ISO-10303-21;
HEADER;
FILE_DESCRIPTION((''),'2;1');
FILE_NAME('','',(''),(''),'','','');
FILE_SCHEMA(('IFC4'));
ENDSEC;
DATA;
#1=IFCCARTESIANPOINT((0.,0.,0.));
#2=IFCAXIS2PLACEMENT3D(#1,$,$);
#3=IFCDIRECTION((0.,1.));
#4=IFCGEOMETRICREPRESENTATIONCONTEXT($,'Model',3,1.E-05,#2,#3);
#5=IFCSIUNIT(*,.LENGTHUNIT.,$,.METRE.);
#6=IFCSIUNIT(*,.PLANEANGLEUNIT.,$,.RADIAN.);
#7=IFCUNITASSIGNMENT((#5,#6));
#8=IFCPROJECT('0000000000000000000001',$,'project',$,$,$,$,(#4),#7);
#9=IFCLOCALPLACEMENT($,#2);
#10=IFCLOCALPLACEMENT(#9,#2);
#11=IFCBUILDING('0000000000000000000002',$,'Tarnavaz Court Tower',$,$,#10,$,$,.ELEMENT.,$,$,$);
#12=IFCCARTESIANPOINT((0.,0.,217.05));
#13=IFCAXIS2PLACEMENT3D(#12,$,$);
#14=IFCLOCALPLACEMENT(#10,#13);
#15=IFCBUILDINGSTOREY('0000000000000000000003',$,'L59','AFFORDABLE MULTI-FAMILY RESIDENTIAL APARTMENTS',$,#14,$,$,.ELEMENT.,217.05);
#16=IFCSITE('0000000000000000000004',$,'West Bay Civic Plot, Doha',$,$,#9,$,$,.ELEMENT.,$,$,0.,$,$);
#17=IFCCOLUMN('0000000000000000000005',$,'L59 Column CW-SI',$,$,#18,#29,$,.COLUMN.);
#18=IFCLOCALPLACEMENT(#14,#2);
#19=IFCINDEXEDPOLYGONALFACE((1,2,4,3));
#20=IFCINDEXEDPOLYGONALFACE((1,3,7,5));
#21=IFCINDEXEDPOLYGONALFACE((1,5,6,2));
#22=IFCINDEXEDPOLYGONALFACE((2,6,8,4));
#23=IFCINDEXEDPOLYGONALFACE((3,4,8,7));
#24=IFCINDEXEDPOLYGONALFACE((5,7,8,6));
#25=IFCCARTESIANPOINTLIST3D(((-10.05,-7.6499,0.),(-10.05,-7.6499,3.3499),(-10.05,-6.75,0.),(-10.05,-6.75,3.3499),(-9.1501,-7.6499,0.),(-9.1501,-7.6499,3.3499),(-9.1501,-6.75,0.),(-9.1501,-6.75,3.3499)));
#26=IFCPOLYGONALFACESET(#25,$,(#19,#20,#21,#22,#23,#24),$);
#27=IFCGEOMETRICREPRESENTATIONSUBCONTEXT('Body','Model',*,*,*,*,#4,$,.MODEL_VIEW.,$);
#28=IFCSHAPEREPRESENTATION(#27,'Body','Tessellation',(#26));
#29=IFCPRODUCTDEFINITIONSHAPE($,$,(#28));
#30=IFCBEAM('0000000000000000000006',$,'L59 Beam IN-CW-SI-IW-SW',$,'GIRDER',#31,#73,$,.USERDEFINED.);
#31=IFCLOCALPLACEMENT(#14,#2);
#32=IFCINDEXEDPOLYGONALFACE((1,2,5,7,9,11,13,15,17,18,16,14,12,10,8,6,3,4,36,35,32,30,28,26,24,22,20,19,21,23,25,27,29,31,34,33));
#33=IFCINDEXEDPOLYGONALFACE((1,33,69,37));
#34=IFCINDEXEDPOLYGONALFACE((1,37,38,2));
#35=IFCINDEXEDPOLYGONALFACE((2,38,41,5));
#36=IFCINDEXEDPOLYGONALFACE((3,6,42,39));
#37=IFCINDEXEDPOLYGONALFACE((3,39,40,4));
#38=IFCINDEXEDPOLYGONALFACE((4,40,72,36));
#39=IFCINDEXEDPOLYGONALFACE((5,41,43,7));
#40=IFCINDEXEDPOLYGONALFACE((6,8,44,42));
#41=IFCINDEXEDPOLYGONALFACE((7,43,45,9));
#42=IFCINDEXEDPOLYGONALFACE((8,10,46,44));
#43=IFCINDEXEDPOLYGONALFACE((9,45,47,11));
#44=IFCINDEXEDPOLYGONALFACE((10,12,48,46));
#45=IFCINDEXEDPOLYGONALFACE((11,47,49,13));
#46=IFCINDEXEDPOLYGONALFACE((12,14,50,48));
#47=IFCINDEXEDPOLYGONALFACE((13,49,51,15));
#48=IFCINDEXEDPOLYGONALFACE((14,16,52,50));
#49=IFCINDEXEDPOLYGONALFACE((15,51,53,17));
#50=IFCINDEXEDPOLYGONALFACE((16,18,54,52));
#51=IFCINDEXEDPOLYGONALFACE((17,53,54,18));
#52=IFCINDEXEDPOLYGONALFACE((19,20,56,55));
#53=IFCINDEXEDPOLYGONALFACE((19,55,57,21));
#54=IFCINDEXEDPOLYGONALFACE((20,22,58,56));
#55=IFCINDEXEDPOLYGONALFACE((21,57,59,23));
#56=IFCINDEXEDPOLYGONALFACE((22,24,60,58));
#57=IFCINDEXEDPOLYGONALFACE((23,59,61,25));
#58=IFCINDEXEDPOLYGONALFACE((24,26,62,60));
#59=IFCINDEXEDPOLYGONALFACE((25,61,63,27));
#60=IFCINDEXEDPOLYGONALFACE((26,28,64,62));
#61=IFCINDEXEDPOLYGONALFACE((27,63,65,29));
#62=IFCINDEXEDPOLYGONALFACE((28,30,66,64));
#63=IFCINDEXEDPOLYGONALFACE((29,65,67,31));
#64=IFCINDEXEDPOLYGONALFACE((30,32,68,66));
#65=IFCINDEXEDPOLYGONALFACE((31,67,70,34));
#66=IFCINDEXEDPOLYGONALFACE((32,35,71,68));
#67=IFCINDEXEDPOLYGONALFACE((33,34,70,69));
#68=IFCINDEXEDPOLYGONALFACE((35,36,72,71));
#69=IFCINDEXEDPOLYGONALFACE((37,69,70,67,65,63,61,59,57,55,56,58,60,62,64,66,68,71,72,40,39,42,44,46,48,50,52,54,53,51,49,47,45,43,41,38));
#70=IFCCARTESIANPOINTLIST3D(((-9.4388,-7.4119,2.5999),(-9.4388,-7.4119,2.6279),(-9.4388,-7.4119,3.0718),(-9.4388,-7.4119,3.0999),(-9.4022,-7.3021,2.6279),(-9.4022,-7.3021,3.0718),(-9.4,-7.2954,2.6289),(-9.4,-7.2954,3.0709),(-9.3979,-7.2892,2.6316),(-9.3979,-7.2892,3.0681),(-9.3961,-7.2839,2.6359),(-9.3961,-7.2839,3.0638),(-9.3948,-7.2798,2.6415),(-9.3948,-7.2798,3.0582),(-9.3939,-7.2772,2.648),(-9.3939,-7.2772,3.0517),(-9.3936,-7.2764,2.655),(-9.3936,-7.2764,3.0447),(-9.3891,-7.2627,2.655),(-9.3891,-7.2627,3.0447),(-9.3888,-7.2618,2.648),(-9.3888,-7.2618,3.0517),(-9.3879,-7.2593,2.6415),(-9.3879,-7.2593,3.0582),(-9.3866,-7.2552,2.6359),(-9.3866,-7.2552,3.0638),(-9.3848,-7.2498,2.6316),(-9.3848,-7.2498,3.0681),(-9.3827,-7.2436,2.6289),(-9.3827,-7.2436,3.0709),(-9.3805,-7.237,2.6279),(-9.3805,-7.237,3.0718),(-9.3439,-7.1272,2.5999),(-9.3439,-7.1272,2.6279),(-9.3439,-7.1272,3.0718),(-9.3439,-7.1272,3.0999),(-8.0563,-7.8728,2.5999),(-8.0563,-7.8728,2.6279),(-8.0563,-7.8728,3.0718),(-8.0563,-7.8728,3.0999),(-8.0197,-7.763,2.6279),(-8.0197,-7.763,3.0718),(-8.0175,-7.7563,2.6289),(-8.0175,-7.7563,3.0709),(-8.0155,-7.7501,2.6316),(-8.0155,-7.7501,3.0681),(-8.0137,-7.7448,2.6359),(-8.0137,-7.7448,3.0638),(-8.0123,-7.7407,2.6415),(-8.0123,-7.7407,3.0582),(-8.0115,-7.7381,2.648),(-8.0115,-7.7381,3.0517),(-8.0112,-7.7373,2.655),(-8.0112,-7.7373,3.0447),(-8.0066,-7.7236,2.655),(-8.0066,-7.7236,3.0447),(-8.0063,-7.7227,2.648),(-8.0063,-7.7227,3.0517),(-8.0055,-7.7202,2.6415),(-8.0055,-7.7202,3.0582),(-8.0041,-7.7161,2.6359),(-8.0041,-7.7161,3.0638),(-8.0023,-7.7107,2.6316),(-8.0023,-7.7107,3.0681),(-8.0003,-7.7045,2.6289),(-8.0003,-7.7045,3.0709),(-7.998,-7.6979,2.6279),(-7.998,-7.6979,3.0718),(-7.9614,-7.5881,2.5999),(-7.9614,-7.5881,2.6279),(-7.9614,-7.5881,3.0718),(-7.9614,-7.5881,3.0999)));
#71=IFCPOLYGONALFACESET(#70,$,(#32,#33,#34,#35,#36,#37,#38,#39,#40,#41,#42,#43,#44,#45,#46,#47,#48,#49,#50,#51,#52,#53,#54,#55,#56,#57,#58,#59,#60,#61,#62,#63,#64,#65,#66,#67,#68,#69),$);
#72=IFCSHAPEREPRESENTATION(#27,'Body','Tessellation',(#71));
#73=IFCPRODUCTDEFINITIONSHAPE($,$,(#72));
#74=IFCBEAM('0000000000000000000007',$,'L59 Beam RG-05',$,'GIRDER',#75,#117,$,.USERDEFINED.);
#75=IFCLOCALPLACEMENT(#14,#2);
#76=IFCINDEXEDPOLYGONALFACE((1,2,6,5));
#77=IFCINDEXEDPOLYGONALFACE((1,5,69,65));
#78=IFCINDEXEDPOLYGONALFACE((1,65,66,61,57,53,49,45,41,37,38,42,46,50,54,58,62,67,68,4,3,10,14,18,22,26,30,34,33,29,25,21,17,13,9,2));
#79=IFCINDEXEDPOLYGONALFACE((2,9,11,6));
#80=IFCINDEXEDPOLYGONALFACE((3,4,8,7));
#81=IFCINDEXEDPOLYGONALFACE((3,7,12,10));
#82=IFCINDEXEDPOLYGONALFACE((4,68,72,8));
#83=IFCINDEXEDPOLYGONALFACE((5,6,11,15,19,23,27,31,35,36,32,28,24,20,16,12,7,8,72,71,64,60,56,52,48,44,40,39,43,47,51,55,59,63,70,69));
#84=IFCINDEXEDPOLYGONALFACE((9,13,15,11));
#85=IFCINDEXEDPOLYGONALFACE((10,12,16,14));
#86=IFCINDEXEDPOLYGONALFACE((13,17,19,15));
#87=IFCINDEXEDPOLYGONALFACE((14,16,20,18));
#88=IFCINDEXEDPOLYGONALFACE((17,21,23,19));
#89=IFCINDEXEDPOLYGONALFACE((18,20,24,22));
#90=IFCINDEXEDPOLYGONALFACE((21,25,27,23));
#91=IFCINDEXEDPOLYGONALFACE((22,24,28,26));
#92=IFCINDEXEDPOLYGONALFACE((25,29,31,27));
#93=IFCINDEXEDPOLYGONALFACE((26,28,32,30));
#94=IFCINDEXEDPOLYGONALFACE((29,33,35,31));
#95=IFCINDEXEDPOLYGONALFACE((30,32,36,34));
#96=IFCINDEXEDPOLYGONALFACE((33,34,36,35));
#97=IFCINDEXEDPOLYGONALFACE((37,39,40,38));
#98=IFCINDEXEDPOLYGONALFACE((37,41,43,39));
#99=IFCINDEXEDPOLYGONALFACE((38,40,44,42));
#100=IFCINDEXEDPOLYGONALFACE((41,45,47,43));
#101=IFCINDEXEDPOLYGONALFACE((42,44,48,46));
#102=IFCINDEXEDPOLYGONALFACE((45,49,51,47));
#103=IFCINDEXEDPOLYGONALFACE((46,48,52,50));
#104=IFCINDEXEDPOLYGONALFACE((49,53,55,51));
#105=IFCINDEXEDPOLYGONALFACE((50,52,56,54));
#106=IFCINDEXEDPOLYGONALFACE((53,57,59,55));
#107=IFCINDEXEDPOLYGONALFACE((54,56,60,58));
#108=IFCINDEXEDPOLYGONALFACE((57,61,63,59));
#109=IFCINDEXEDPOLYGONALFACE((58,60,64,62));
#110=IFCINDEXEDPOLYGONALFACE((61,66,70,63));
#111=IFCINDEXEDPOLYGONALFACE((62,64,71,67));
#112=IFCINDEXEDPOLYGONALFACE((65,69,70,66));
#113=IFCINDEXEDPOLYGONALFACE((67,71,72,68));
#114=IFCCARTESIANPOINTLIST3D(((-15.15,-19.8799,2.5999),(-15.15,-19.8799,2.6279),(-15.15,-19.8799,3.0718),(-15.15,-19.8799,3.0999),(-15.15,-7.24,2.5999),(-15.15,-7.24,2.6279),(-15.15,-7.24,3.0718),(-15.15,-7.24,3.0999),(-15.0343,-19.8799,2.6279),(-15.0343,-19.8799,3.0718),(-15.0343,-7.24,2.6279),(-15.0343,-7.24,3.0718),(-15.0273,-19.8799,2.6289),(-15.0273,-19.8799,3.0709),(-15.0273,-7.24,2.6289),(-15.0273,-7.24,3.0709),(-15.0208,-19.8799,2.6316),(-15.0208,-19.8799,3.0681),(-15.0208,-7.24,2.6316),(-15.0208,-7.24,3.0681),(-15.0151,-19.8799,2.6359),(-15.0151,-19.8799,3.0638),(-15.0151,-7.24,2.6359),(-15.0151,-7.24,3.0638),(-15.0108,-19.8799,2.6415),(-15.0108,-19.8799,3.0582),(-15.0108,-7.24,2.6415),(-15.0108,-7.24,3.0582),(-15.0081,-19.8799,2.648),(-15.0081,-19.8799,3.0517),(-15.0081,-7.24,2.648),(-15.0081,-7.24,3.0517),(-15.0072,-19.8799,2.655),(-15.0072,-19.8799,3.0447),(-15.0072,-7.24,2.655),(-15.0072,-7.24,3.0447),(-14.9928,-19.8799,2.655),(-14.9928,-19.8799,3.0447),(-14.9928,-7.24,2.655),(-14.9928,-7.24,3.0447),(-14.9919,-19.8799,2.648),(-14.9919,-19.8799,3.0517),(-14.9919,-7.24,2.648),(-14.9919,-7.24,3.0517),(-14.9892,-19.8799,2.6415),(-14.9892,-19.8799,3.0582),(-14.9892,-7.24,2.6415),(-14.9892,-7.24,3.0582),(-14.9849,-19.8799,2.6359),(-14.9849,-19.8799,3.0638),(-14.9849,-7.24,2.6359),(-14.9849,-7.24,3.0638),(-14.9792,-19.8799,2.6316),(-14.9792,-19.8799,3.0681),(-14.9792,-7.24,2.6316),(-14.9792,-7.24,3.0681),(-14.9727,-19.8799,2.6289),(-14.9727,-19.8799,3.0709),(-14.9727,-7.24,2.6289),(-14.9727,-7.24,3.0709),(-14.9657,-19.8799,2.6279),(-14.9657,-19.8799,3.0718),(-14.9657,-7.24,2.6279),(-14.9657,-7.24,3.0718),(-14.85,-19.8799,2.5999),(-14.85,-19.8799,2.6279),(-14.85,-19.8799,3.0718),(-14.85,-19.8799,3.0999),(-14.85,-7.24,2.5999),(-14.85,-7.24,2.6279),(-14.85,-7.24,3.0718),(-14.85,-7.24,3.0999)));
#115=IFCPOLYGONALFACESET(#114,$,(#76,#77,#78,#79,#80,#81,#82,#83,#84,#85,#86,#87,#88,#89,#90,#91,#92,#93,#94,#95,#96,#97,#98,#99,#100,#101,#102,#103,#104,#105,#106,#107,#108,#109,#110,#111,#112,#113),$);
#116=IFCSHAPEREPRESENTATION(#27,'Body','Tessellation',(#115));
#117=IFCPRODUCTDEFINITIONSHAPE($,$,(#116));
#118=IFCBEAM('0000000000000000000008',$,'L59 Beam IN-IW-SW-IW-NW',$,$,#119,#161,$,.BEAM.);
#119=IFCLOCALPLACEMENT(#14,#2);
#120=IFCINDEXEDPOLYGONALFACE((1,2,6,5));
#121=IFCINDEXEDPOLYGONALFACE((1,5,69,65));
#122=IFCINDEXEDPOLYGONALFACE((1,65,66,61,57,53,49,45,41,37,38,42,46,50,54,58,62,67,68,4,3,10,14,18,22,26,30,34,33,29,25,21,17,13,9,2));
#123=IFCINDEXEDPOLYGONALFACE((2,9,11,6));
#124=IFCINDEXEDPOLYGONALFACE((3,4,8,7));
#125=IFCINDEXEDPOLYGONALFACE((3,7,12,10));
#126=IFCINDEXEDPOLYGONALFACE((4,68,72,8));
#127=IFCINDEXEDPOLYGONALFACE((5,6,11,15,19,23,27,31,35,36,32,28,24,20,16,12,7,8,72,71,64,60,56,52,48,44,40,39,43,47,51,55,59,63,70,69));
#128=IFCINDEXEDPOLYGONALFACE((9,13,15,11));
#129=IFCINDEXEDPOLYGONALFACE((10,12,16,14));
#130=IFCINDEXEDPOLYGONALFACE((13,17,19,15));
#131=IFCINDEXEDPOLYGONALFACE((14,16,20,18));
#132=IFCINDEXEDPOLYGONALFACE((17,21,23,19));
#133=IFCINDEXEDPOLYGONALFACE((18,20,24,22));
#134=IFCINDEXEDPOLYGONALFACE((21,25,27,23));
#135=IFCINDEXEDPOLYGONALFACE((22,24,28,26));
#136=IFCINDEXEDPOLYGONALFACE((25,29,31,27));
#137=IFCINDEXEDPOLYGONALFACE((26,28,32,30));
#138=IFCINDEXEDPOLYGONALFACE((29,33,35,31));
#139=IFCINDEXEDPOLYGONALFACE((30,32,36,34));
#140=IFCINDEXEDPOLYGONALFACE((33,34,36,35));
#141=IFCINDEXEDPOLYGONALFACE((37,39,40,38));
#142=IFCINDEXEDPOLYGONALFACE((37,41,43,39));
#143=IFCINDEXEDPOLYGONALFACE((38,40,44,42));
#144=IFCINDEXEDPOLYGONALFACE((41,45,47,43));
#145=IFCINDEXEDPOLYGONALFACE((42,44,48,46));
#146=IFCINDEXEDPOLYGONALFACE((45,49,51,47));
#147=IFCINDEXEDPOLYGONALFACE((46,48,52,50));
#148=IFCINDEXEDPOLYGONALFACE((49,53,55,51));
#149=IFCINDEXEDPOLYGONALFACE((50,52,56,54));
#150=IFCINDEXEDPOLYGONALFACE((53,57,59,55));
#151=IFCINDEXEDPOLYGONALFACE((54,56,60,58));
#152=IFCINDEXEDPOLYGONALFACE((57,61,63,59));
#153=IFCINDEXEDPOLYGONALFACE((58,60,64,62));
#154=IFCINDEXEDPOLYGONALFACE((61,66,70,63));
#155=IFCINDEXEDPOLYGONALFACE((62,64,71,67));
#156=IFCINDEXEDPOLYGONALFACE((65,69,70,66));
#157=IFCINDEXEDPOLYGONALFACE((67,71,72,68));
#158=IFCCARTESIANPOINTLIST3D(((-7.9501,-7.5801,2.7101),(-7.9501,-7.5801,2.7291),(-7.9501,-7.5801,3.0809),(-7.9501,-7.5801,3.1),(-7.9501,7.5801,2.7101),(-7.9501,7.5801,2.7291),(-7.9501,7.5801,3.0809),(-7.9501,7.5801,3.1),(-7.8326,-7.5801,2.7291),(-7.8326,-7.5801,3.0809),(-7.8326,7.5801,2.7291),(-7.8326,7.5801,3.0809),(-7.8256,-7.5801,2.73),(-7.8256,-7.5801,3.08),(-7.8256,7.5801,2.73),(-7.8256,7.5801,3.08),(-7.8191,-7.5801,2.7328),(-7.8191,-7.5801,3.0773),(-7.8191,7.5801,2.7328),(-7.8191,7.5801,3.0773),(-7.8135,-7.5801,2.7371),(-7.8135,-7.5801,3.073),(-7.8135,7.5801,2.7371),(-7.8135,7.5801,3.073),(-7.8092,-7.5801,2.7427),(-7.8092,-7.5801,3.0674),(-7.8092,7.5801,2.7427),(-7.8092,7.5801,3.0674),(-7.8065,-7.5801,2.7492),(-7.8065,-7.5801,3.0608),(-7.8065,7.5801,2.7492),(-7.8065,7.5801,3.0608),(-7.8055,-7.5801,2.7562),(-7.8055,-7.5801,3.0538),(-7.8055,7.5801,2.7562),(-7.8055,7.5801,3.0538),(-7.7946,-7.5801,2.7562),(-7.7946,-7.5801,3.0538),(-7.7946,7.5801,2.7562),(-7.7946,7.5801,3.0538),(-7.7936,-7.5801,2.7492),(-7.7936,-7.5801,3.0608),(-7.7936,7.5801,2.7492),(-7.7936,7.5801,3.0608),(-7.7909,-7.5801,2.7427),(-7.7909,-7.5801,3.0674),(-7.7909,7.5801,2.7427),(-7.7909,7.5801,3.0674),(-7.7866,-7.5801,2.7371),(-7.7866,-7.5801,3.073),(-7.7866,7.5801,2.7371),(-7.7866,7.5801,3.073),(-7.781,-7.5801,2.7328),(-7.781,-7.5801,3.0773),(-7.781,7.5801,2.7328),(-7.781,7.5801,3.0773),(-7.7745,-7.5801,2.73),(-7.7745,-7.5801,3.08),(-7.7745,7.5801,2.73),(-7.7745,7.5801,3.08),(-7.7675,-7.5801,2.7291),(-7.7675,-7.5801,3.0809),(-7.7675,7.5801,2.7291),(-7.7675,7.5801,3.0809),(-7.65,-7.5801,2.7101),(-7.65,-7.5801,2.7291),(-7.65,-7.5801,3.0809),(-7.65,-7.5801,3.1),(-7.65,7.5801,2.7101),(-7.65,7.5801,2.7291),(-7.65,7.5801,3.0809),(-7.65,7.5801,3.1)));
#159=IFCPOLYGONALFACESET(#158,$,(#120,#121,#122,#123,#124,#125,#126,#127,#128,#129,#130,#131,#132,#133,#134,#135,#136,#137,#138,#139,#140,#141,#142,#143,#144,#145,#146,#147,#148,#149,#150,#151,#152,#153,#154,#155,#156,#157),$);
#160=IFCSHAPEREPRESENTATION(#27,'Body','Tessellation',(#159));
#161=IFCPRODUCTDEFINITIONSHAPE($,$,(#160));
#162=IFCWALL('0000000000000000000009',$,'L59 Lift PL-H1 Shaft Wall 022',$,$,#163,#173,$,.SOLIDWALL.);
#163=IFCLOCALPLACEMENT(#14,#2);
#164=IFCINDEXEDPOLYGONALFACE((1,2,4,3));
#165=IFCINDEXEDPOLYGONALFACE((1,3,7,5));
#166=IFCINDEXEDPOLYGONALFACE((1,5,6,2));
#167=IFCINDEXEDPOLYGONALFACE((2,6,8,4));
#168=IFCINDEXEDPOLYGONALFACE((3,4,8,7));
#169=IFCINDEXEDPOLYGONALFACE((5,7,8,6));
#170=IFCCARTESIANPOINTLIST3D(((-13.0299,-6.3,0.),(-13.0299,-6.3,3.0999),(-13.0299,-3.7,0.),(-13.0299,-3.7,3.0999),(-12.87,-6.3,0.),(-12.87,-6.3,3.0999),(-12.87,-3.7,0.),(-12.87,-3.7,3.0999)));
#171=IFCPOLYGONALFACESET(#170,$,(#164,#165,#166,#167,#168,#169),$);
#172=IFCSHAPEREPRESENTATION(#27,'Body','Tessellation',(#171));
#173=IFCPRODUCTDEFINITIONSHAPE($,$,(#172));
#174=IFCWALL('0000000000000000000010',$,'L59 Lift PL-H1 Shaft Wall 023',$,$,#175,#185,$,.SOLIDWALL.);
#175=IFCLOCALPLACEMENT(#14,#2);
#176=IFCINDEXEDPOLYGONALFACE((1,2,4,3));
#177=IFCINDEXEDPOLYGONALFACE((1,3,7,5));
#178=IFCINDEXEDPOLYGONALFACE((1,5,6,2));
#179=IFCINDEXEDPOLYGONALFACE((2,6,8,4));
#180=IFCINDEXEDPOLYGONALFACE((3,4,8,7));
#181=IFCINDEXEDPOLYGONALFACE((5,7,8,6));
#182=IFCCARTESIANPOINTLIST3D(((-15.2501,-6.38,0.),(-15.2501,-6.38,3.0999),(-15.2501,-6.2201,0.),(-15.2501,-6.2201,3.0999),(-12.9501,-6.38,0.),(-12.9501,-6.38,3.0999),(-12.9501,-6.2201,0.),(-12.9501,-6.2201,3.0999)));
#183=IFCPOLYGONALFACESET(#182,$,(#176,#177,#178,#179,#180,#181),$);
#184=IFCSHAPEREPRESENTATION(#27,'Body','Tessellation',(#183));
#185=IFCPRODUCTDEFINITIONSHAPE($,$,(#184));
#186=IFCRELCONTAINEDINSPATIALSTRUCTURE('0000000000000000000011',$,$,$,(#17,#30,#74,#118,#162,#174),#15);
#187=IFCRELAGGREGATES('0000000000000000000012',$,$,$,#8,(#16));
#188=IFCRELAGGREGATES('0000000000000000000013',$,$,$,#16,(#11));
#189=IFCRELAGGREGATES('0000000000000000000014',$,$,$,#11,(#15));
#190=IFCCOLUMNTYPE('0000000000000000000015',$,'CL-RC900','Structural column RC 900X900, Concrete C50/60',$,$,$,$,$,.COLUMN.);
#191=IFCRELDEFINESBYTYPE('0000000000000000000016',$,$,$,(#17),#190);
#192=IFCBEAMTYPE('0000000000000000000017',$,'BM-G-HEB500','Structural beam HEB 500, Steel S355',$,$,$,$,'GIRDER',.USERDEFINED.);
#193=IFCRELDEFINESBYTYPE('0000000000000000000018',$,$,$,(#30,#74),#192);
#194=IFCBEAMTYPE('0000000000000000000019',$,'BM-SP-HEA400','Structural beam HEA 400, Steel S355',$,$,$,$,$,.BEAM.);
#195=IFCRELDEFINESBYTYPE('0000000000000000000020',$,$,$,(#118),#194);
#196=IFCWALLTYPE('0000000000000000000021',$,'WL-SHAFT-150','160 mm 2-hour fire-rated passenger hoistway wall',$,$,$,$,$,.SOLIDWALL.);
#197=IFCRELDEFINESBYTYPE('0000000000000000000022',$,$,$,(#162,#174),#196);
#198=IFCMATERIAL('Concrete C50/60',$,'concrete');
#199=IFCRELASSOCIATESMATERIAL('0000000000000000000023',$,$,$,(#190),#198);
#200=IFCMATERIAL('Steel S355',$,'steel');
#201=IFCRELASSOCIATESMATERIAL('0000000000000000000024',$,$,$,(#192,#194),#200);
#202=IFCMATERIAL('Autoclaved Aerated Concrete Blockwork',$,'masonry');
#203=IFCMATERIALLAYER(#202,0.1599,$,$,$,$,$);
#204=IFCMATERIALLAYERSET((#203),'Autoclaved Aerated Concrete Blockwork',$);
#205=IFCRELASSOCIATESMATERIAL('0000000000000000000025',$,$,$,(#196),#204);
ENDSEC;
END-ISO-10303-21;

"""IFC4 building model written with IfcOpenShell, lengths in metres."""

from ifc_helpers import new_model, si_unit, direction, frame, frame_2d, origin, origin_2d, place, context, subcontext, project, spatial, rectangle, i_section, extrude, material, layer, layer_set, material_profile, profile_set, type_object, element, save


model = new_model("IFC4")

# Units and contexts
model_context = context("Model", 3, precision=1e-05, world=origin(), true_north=direction((0.0, 1.0)))
body_context = subcontext(model_context, "Body", "Model", "MODEL_VIEW")
ifc_project = project(units=[si_unit("LENGTHUNIT", "METRE"), si_unit("PLANEANGLEUNIT", "RADIAN")], contexts=[model_context])

# Site, building, storey
site_placement = place(None, origin())
site = spatial("IfcSite", under=ifc_project, at=site_placement, Name="West Bay Civic Plot, Doha", CompositionType="ELEMENT", RefElevation=0.0)
building_placement = place(site_placement, origin())
building = spatial("IfcBuilding", under=site, at=building_placement, Name="Tarnavaz Court Tower", CompositionType="ELEMENT")
storey_placement = place(building_placement, frame((0.0, 0.0, 217.05)))
storey = spatial("IfcBuildingStorey", under=building, at=storey_placement, Name="L59", Description="AFFORDABLE MULTI-FAMILY RESIDENTIAL APARTMENTS", CompositionType="ELEMENT", Elevation=217.05)

# Column
ifc_material_1 = material(Name="Concrete C50/60", Category="concrete")
ifc_material_profile_1 = material_profile(ifc_material_1, rectangle(XDim=0.8999, YDim=0.8999, at=origin_2d()), Name="RC 900X900")
ifc_profile_set_1 = profile_set([ifc_material_profile_1], Name="Concrete C50/60")
column_type = type_object("IfcColumnType", Name="CL-RC900", Description="Structural column RC 900X900, Concrete C50/60", PredefinedType="COLUMN", material=ifc_profile_set_1)
column_placement = place(storey_placement, frame((-9.6001, -7.2, 0.0), z_axis=(0.0, 0.0, 1.0), x_axis=(1.0, 0.0, 0.0)))
element("IfcColumn", 1, at=column_placement, inside=storey, type_object=column_type, Name="L59 Column CW-SI", PredefinedType="COLUMN", context=body_context, shape_type="SweptSolid", body=[
    extrude(rectangle(XDim=0.8999, YDim=0.8999, at=origin_2d()), origin(), (0.0, 0.0, 1.0), 3.3499),
])

# Beams
ifc_material_2 = material(Name="Steel S355", Category="steel")
ifc_material_profile_2 = material_profile(ifc_material_2, i_section(OverallWidth=0.3, OverallDepth=0.5, WebThickness=0.0144, FlangeThickness=0.0281, FilletRadius=0.0271, at=origin_2d()), Name="HEB 500")
ifc_profile_set_2 = profile_set([ifc_material_profile_2], Name="Steel S355")
beam_type_1 = type_object("IfcBeamType", Name="BM-G-HEB500", Description="Structural beam HEB 500, Steel S355", ElementType="GIRDER", PredefinedType="USERDEFINED", material=ifc_profile_set_2)
beam_1_placement = place(storey_placement, frame((-9.3914, -7.2695, 2.8499), z_axis=(0.948667, -0.316278, 0.0), x_axis=(0.316278, 0.948667, 0.0)))
element("IfcBeam", 2, at=beam_1_placement, inside=storey, type_object=beam_type_1, Name="L59 Beam IN-CW-SI-IW-SW", ObjectType="GIRDER", PredefinedType="USERDEFINED", context=body_context, shape_type="SweptSolid", body=[
    extrude(i_section(OverallWidth=0.3, OverallDepth=0.5, WebThickness=0.0144, FlangeThickness=0.0281, FilletRadius=0.0271, at=origin_2d()), origin(), (0.0, 0.0, 1.0), 1.4573),
])
beam_2_placement = place(storey_placement, frame((-15.0, -7.24, 2.8499), z_axis=(0.0, -1.0, 0.0), x_axis=(1.0, 0.0, 0.0)))
element("IfcBeam", 3, at=beam_2_placement, inside=storey, type_object=beam_type_1, Name="L59 Beam RG-05", ObjectType="GIRDER", PredefinedType="USERDEFINED", context=body_context, shape_type="SweptSolid", body=[
    extrude(i_section(OverallWidth=0.3, OverallDepth=0.5, WebThickness=0.0144, FlangeThickness=0.0281, FilletRadius=0.0271, at=origin_2d()), origin(), (0.0, 0.0, 1.0), 12.6399),
])
ifc_material_profile_3 = material_profile(ifc_material_2, i_section(OverallWidth=0.3, OverallDepth=0.3899, WebThickness=0.011, FlangeThickness=0.019, FilletRadius=0.0271, at=origin_2d()), Name="HEA 400")
ifc_profile_set_3 = profile_set([ifc_material_profile_3], Name="Steel S355")
beam_type_2 = type_object("IfcBeamType", Name="BM-SP-HEA400", Description="Structural beam HEA 400, Steel S355", PredefinedType="BEAM", material=ifc_profile_set_3)
beam_3_placement = place(storey_placement, frame((-7.8, -7.5801, 2.905), z_axis=(0.0, 1.0, 0.0), x_axis=(-1.0, 0.0, 0.0)))
element("IfcBeam", 4, at=beam_3_placement, inside=storey, type_object=beam_type_2, Name="L59 Beam IN-IW-SW-IW-NW", PredefinedType="BEAM", context=body_context, shape_type="SweptSolid", body=[
    extrude(i_section(OverallWidth=0.3, OverallDepth=0.3899, WebThickness=0.011, FlangeThickness=0.019, FilletRadius=0.0271, at=origin_2d()), origin(), (0.0, 0.0, 1.0), 15.1602),
])

# Shared definitions
ifc_material_3 = material(Name="Autoclaved Aerated Concrete Blockwork", Category="masonry")
ifc_layer_1 = layer(ifc_material_3, 0.1599)
ifc_layer_set_1 = layer_set([ifc_layer_1], Name="Autoclaved Aerated Concrete Blockwork")
wall_type_1 = type_object("IfcWallType", Name="WL-SHAFT-150", Description="160 mm 2-hour fire-rated passenger hoistway wall", PredefinedType="SOLIDWALL", material=ifc_layer_set_1)

# Walls
wall_1_placement = place(storey_placement, frame((-12.95, -6.3, 0.0), z_axis=(0.0, 0.0, 1.0), x_axis=(0.0, 1.0, 0.0)))
element("IfcWall", 5, at=wall_1_placement, inside=storey, type_object=wall_type_1, Name="L59 Lift PL-H1 Shaft Wall 022", PredefinedType="SOLIDWALL", context=body_context, shape_type="SweptSolid", body=[
    extrude(rectangle(XDim=2.6001, YDim=0.1599, at=frame_2d((1.3, 0.0))), origin(), (0.0, 0.0, 1.0), 3.0999),
])
for number, where, z_axis, x_axis, name in (
    (6, (-15.25, -6.3, 0.0), (0.0, 0.0, 1.0), (1.0, 0.0, 0.0), "L59 Lift PL-H1 Shaft Wall 023"),
):
    element("IfcWall", number, at=place(storey_placement, frame(where, z_axis=z_axis, x_axis=x_axis)), inside=storey, type_object=wall_type_1, Name=name, PredefinedType="SOLIDWALL", context=body_context, shape_type="SweptSolid", body=[
        extrude(rectangle(XDim=2.3, YDim=0.1599, at=frame_2d((1.1499, 0.0))), origin(), (0.0, 0.0, 1.0), 3.0999),
    ])

save(model, "model.ifc")
